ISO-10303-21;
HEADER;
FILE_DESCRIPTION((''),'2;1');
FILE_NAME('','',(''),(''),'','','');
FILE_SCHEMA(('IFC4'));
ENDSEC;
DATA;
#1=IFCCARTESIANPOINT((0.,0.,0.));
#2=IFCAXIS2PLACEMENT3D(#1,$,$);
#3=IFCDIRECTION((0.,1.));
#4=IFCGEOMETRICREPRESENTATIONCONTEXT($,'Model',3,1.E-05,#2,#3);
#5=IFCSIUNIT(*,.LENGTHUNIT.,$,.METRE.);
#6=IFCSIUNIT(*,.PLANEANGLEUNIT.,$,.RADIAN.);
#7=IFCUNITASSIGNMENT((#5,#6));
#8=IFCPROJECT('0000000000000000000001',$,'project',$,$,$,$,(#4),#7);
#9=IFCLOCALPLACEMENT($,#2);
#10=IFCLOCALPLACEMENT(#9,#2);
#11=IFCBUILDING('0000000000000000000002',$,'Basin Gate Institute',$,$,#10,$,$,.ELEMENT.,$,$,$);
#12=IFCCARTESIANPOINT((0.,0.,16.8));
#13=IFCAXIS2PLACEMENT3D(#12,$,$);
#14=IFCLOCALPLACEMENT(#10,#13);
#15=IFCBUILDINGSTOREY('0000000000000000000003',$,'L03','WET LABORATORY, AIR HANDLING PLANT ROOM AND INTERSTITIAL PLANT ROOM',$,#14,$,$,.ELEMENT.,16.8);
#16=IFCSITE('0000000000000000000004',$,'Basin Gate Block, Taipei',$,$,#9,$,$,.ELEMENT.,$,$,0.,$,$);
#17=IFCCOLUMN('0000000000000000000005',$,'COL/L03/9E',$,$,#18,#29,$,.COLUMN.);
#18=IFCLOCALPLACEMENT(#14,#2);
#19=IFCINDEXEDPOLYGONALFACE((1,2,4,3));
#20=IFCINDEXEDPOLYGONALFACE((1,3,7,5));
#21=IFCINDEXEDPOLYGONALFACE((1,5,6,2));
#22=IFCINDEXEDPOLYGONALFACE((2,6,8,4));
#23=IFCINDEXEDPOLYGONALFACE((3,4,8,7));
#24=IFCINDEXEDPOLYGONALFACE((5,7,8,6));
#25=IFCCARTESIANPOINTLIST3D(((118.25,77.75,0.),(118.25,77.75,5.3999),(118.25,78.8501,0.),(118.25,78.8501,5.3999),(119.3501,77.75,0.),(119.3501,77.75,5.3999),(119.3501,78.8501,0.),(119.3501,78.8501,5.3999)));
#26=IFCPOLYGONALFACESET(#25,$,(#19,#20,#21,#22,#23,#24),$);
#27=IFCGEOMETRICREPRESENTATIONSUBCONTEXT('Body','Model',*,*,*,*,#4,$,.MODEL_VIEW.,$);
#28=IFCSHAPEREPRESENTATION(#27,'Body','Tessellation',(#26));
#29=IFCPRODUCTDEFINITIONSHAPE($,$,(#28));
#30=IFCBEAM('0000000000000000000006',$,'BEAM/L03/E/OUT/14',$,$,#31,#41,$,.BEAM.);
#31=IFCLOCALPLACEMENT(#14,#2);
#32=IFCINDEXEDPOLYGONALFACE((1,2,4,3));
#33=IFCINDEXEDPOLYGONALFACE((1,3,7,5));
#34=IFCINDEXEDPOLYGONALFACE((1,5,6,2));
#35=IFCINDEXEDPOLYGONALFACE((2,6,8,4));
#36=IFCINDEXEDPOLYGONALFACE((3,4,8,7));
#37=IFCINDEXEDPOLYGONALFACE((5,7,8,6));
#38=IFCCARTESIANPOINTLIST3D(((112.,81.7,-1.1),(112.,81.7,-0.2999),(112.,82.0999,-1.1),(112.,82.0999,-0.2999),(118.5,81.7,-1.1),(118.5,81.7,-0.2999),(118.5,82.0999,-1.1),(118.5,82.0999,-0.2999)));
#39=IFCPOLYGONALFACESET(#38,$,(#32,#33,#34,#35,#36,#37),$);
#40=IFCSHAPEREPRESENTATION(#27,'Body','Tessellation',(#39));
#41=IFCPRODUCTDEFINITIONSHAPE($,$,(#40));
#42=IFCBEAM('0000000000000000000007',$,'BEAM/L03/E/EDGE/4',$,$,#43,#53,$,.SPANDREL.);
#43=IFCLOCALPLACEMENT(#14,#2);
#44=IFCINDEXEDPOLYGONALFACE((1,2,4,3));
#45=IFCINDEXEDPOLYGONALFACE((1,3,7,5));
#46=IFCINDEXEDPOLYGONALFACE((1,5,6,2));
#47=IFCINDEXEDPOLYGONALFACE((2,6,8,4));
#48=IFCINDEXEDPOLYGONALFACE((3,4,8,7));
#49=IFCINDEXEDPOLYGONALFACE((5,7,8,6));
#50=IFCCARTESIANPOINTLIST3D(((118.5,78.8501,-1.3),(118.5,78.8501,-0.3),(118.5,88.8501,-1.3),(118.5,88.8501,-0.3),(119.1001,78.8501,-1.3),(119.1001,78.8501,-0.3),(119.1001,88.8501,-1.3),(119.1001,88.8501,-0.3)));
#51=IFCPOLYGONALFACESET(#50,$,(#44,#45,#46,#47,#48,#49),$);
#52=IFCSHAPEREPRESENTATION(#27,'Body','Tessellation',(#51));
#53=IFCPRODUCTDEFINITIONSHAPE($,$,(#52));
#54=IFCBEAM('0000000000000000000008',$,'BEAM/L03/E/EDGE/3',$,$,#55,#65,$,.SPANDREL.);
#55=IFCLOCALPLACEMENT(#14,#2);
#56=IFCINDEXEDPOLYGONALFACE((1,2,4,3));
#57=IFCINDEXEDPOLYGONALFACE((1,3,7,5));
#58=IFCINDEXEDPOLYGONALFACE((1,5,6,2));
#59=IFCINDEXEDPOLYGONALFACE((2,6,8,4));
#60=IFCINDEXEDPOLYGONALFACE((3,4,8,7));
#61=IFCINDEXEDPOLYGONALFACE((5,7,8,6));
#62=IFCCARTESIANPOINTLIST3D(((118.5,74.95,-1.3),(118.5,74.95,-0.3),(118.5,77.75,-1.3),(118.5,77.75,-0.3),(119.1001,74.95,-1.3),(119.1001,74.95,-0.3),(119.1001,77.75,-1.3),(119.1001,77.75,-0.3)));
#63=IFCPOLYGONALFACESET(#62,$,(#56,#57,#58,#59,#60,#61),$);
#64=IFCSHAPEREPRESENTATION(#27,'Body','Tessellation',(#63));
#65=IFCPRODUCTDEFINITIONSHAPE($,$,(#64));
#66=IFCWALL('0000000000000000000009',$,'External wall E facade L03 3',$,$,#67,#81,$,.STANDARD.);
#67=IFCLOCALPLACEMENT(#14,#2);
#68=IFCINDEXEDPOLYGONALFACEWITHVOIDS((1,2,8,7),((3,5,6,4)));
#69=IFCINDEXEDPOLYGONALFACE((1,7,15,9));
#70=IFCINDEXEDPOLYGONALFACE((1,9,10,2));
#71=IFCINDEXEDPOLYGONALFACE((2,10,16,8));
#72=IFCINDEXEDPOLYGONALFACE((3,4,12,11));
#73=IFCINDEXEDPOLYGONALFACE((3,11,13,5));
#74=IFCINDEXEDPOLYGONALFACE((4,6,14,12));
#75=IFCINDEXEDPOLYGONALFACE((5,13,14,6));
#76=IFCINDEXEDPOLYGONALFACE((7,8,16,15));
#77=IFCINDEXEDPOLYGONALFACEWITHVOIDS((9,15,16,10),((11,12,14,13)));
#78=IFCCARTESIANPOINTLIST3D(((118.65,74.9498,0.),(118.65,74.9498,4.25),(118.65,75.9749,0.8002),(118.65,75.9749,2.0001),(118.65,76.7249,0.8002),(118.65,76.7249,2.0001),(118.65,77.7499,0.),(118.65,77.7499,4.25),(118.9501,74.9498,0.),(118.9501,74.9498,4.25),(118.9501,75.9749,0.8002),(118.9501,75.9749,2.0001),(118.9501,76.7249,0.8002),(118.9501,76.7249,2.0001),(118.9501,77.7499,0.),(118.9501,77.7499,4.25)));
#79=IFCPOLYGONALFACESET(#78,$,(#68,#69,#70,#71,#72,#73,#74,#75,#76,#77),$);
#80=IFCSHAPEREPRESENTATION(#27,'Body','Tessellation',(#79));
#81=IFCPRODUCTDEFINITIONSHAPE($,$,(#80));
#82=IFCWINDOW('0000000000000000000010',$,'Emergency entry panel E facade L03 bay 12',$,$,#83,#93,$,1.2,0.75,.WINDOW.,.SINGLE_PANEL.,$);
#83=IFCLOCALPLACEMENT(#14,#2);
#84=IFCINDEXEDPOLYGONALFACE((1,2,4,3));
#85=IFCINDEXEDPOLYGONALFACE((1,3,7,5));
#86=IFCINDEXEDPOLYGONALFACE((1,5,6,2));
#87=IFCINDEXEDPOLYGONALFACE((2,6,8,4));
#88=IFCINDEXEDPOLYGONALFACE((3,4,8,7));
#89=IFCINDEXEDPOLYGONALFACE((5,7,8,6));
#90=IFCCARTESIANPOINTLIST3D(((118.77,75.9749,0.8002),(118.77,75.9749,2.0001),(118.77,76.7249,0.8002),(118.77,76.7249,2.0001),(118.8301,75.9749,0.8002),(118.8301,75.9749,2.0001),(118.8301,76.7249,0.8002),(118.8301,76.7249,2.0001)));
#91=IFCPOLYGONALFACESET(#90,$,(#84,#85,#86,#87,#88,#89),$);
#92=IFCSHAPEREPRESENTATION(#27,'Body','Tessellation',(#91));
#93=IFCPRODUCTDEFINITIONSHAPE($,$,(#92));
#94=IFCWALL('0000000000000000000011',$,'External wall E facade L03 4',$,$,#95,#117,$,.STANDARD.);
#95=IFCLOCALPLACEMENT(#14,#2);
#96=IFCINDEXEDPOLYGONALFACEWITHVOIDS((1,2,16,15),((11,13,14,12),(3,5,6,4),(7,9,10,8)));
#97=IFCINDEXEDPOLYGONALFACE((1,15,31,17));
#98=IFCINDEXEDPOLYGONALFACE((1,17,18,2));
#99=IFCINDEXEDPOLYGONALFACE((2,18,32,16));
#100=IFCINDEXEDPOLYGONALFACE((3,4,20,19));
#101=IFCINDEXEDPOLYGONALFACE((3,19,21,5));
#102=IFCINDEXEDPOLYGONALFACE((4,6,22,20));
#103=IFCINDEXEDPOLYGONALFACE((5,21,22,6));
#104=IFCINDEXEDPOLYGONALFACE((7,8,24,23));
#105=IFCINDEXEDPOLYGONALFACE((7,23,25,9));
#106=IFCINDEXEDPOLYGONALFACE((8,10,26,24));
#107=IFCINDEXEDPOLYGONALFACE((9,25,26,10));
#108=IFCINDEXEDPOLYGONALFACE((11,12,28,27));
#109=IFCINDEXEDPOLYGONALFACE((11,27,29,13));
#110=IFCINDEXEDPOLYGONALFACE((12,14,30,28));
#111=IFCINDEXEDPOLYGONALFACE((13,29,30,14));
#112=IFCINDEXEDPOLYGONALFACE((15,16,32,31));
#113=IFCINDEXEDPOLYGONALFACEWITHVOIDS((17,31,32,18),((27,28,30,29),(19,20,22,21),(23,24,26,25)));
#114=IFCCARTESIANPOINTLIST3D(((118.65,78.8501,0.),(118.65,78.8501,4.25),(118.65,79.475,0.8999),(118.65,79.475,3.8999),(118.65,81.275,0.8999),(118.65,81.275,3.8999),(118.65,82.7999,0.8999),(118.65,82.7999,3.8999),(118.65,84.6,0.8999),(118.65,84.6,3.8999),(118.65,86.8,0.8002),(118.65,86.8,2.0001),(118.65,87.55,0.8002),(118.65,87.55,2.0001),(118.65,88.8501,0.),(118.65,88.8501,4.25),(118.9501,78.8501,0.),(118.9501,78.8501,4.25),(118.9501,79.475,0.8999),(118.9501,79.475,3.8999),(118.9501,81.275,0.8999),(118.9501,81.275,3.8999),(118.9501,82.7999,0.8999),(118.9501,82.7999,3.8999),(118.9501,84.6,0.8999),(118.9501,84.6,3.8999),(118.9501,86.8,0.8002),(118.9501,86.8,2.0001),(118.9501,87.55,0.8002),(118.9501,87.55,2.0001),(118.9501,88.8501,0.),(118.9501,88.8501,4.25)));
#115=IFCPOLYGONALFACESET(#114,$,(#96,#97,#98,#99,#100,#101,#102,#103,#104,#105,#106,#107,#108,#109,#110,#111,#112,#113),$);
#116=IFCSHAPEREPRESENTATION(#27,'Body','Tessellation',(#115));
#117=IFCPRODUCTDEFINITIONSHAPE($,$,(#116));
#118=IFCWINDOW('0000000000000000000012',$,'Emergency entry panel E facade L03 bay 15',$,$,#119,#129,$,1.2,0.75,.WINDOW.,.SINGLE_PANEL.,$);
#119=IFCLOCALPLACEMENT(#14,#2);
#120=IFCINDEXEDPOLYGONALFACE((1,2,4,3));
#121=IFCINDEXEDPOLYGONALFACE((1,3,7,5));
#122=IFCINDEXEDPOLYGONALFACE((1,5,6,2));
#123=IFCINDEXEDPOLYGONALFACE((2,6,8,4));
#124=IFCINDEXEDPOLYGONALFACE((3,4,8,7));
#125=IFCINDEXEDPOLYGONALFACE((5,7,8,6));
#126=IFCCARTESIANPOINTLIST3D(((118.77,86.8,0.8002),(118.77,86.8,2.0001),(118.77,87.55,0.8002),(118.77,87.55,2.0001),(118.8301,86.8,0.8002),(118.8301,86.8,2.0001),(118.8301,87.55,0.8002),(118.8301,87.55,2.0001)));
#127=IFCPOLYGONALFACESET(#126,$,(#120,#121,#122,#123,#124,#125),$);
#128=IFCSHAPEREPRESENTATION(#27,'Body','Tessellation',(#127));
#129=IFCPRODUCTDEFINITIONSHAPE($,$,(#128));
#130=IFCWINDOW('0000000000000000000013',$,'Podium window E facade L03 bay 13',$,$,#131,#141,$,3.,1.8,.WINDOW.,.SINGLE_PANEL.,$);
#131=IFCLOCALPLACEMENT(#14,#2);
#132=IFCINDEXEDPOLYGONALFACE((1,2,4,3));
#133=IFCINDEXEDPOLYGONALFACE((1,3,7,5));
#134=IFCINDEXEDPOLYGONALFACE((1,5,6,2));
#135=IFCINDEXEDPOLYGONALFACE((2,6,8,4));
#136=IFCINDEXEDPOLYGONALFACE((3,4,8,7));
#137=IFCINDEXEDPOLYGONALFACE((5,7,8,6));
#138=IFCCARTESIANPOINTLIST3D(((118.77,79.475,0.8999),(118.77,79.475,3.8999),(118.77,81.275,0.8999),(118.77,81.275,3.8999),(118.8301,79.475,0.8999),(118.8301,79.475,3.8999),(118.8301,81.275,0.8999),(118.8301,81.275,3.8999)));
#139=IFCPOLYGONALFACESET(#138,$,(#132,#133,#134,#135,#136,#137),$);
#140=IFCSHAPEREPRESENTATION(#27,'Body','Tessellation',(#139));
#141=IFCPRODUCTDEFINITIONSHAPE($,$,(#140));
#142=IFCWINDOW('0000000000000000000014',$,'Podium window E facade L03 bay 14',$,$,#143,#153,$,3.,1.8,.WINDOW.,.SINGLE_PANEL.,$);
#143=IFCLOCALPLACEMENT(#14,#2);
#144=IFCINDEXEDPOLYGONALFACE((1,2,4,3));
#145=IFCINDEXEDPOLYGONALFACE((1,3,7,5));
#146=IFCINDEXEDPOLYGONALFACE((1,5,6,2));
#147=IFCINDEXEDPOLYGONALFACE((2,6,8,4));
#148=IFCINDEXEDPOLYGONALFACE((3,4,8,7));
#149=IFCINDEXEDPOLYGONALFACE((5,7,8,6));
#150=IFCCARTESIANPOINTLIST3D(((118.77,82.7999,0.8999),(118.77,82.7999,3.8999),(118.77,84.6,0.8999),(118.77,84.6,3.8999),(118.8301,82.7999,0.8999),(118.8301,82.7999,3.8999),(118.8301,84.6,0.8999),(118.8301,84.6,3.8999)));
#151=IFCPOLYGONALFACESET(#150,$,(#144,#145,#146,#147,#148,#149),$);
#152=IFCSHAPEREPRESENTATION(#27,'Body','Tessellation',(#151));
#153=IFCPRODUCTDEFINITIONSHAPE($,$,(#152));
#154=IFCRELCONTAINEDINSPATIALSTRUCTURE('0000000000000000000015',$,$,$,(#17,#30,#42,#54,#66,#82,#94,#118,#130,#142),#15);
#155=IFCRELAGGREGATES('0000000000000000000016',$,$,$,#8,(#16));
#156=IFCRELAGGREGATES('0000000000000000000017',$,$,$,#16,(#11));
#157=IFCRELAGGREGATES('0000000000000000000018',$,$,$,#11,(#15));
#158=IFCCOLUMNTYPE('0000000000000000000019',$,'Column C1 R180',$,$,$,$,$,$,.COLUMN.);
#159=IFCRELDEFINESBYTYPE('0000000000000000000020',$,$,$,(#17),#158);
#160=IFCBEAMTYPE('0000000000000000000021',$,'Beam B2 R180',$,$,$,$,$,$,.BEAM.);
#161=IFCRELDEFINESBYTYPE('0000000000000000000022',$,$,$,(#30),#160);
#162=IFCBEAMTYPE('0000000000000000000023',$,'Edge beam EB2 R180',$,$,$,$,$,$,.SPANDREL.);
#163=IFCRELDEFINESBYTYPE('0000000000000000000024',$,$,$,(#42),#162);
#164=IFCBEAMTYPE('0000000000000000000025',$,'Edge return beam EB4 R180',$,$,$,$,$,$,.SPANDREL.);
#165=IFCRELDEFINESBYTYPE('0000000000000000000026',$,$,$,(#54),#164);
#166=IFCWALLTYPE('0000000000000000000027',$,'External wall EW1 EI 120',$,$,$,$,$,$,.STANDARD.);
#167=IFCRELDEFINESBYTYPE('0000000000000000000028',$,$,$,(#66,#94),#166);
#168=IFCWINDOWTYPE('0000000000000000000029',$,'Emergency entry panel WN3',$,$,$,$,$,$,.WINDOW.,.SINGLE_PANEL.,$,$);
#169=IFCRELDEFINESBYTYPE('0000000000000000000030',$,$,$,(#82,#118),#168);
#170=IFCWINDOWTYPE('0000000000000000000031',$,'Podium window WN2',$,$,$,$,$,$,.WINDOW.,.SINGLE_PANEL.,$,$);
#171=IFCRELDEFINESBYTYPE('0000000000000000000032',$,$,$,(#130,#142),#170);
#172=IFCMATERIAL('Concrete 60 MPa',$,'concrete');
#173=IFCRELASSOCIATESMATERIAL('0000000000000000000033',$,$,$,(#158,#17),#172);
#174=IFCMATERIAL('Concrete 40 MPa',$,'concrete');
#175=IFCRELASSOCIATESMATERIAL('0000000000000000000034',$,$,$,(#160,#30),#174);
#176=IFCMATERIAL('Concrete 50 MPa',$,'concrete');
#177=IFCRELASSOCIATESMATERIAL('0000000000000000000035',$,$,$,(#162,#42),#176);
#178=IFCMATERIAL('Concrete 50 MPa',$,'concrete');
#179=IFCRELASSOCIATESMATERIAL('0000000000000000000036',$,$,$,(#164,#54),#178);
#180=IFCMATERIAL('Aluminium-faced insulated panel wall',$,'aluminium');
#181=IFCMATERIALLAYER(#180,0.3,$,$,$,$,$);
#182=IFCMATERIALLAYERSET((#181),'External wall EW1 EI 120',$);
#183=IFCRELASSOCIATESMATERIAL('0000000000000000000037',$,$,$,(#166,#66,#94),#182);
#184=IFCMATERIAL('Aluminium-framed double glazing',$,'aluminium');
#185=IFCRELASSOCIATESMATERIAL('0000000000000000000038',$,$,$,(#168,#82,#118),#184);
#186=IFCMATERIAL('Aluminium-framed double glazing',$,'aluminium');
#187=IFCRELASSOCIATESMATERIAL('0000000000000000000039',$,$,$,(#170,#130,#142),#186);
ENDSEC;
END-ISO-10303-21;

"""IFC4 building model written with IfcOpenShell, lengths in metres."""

from ifc_helpers import new_model, si_unit, direction, frame, frame_2d, origin, origin_2d, place, context, subcontext, project, spatial, rectangle, extrude, material, layer, layer_set, material_profile, profile_set, type_object, element, fill, save


model = new_model("IFC4")

# Units and contexts
model_context = context("Model", 3, precision=1e-05, world=origin(), true_north=direction((0.0, 1.0)))
body_context = subcontext(model_context, "Body", "Model", "MODEL_VIEW")
ifc_project = project(units=[si_unit("LENGTHUNIT", "METRE"), si_unit("PLANEANGLEUNIT", "RADIAN")], contexts=[model_context])

# Site, building, storey
site_placement = place(None, origin())
site = spatial("IfcSite", under=ifc_project, at=site_placement, Name="Basin Gate Block, Taipei", CompositionType="ELEMENT", RefElevation=0.0)
building_placement = place(site_placement, origin())
building = spatial("IfcBuilding", under=site, at=building_placement, Name="Basin Gate Institute", CompositionType="ELEMENT")
storey_placement = place(building_placement, frame((0.0, 0.0, 16.8)))
storey = spatial("IfcBuildingStorey", under=building, at=storey_placement, Name="L03", Description="WET LABORATORY, AIR HANDLING PLANT ROOM AND INTERSTITIAL PLANT ROOM", CompositionType="ELEMENT", Elevation=16.8)

# Column
ifc_material_1 = material(Name="Concrete 60 MPa", Category="concrete")
ifc_material_profile_1 = material_profile(ifc_material_1, rectangle(XDim=1.1001, YDim=1.1001, at=origin_2d()), Name="Column C1 1100 x 1100")
ifc_profile_set_1 = profile_set([ifc_material_profile_1], Name="Concrete 60 MPa")
column_type = type_object("IfcColumnType", Name="Column C1 R180", PredefinedType="COLUMN", material=ifc_profile_set_1)
column_placement = place(storey_placement, frame((118.8, 78.3, 0.0), z_axis=(0.0, 0.0, 1.0), x_axis=(1.0, 0.0, 0.0)))
element("IfcColumn", 1, at=column_placement, inside=storey, type_object=column_type, material=ifc_profile_set_1, Name="COL/L03/9E", PredefinedType="COLUMN", context=body_context, shape_type="SweptSolid", body=[
    extrude(rectangle(XDim=1.1001, YDim=1.1001, at=origin_2d()), origin(), (0.0, 0.0, 1.0), 5.3999),
])

# Beams
ifc_material_2 = material(Name="Concrete 40 MPa", Category="concrete")
ifc_material_profile_2 = material_profile(ifc_material_2, rectangle(XDim=0.3999, YDim=0.8, at=origin_2d()), Name="Beam B2 400 x 800")
ifc_profile_set_2 = profile_set([ifc_material_profile_2], Name="Concrete 40 MPa")
beam_type_1 = type_object("IfcBeamType", Name="Beam B2 R180", PredefinedType="BEAM", material=ifc_profile_set_2)
beam_1_placement = place(storey_placement, frame((118.5, 81.8999, -0.7), z_axis=(-1.0, 0.0, 0.0), x_axis=(0.0, -1.0, 0.0)))
element("IfcBeam", 2, at=beam_1_placement, inside=storey, type_object=beam_type_1, material=ifc_profile_set_2, Name="BEAM/L03/E/OUT/14", PredefinedType="BEAM", context=body_context, shape_type="SweptSolid", body=[
    extrude(rectangle(XDim=0.3999, YDim=0.8, at=origin_2d()), origin(), (0.0, 0.0, 1.0), 6.5),
])
ifc_material_3 = material(Name="Concrete 50 MPa", Category="concrete")
ifc_material_profile_3 = material_profile(ifc_material_3, rectangle(XDim=0.6001, YDim=1.0, at=origin_2d()), Name="Edge beam EB2 600 x 1000")
ifc_profile_set_3 = profile_set([ifc_material_profile_3], Name="Concrete 50 MPa")
beam_type_2 = type_object("IfcBeamType", Name="Edge beam EB2 R180", PredefinedType="SPANDREL", material=ifc_profile_set_3)
beam_2_placement = place(storey_placement, frame((118.8, 78.8501, -0.8), z_axis=(0.0, 1.0, 0.0), x_axis=(-1.0, 0.0, 0.0)))
element("IfcBeam", 3, at=beam_2_placement, inside=storey, type_object=beam_type_2, material=ifc_profile_set_3, Name="BEAM/L03/E/EDGE/4", PredefinedType="SPANDREL", context=body_context, shape_type="SweptSolid", body=[
    extrude(rectangle(XDim=0.6001, YDim=1.0, at=origin_2d()), origin(), (0.0, 0.0, 1.0), 10.0),
])
ifc_material_4 = material(Name="Concrete 50 MPa", Category="concrete")
ifc_material_profile_4 = material_profile(ifc_material_4, rectangle(XDim=0.6001, YDim=1.0, at=origin_2d()), Name="Edge return beam EB4 600 x 1000")
ifc_profile_set_4 = profile_set([ifc_material_profile_4], Name="Concrete 50 MPa")
beam_type_3 = type_object("IfcBeamType", Name="Edge return beam EB4 R180", PredefinedType="SPANDREL", material=ifc_profile_set_4)
beam_3_placement = place(storey_placement, frame((118.8, 74.95, -0.8), z_axis=(0.0, 1.0, 0.0), x_axis=(-1.0, 0.0, 0.0)))
element("IfcBeam", 4, at=beam_3_placement, inside=storey, type_object=beam_type_3, material=ifc_profile_set_4, Name="BEAM/L03/E/EDGE/3", PredefinedType="SPANDREL", context=body_context, shape_type="SweptSolid", body=[
    extrude(rectangle(XDim=0.6001, YDim=1.0, at=origin_2d()), origin(), (0.0, 0.0, 1.0), 2.8),
])

# Wall, opening, window
ifc_material_5 = material(Name="Aluminium-faced insulated panel wall", Category="aluminium")
ifc_layer_1 = layer(ifc_material_5, 0.3)
ifc_layer_set_1 = layer_set([ifc_layer_1], Name="External wall EW1 EI 120")
wall_type_1 = type_object("IfcWallType", Name="External wall EW1 EI 120", PredefinedType="STANDARD", material=ifc_layer_set_1)
wall_1_placement = place(storey_placement, frame((118.8, 74.95, 0.0), z_axis=(0.0, 0.0, 1.0), x_axis=(0.0, 1.0, 0.0)))
wall_1 = element("IfcWall", 5, at=wall_1_placement, inside=storey, type_object=wall_type_1, material=ifc_layer_set_1, Name="External wall E facade L03 3", PredefinedType="STANDARD", context=body_context, shape_type="SweptSolid", body=[
    extrude(rectangle(XDim=2.8, YDim=0.3, at=frame_2d((1.3999, 0.0))), origin(), (0.0, 0.0, 1.0), 4.25),
])
opening_1_placement = place(wall_1_placement, frame((1.0249, 0.0, 0.8)))
opening_1 = element("IfcOpeningElement", 6, at=opening_1_placement, cuts=wall_1, PredefinedType="OPENING", context=body_context, shape_type="SweptSolid", body=[
    extrude(rectangle(XDim=0.75, YDim=1.2, at=frame_2d((0.375, 0.6001))), frame((0.0, 0.1602, 0.0), z_axis=(0.0, -1.0, 0.0), x_axis=(1.0, 0.0, 0.0)), (0.0, 0.0, 1.0), 0.3201),
])
ifc_material_6 = material(Name="Aluminium-framed double glazing", Category="aluminium")
window_type_1 = type_object("IfcWindowType", Name="Emergency entry panel WN3", PartitioningType="SINGLE_PANEL", PredefinedType="WINDOW", material=ifc_material_6)
window_1_placement = place(opening_1_placement, origin())
window_1 = element("IfcWindow", 7, at=window_1_placement, inside=storey, type_object=window_type_1, material=ifc_material_6, Name="Emergency entry panel E facade L03 bay 12", OverallHeight=1.2, OverallWidth=0.75, PartitioningType="SINGLE_PANEL", PredefinedType="WINDOW", context=body_context, shape_type="SweptSolid", body=[
    extrude(rectangle(XDim=0.75, YDim=1.2, at=frame_2d((0.375, 0.6001))), frame((0.0, 0.03, 0.0), z_axis=(0.0, -1.0, 0.0), x_axis=(1.0, 0.0, 0.0)), (0.0, 0.0, 1.0), 0.0601),
])
fill(opening_1, window_1)

# Wall, openings, windows
wall_2_placement = place(storey_placement, frame((118.8, 78.8501, 0.0), z_axis=(0.0, 0.0, 1.0), x_axis=(0.0, 1.0, 0.0)))
wall_2 = element("IfcWall", 8, at=wall_2_placement, inside=storey, type_object=wall_type_1, material=ifc_layer_set_1, Name="External wall E facade L03 4", PredefinedType="STANDARD", context=body_context, shape_type="SweptSolid", body=[
    extrude(rectangle(XDim=10.0, YDim=0.3, at=frame_2d((5.0, 0.0))), origin(), (0.0, 0.0, 1.0), 4.25),
])
opening_2_placement = place(wall_2_placement, frame((0.625, 0.0, 0.8999)))
opening_2 = element("IfcOpeningElement", 9, at=opening_2_placement, cuts=wall_2, PredefinedType="OPENING", context=body_context, shape_type="SweptSolid", body=[
    extrude(rectangle(XDim=1.8, YDim=3.0, at=frame_2d((0.8999, 1.5))), frame((0.0, 0.1602, 0.0), z_axis=(0.0, -1.0, 0.0), x_axis=(1.0, 0.0, 0.0)), (0.0, 0.0, 1.0), 0.3201),
])
opening_3_placement = place(wall_2_placement, frame((3.95, 0.0, 0.8999)))
opening_3 = element("IfcOpeningElement", 10, at=opening_3_placement, cuts=wall_2, PredefinedType="OPENING", context=body_context, shape_type="SweptSolid", body=[
    extrude(rectangle(XDim=1.8, YDim=3.0, at=frame_2d((0.8999, 1.5))), frame((0.0, 0.1602, 0.0), z_axis=(0.0, -1.0, 0.0), x_axis=(1.0, 0.0, 0.0)), (0.0, 0.0, 1.0), 0.3201),
])
opening_4_placement = place(wall_2_placement, frame((7.95, 0.0, 0.8)))
opening_4 = element("IfcOpeningElement", 11, at=opening_4_placement, cuts=wall_2, PredefinedType="OPENING", context=body_context, shape_type="SweptSolid", body=[
    extrude(rectangle(XDim=0.75, YDim=1.2, at=frame_2d((0.375, 0.6001))), frame((0.0, 0.1602, 0.0), z_axis=(0.0, -1.0, 0.0), x_axis=(1.0, 0.0, 0.0)), (0.0, 0.0, 1.0), 0.3201),
])
window_2_placement = place(opening_4_placement, origin())
window_2 = element("IfcWindow", 12, at=window_2_placement, inside=storey, type_object=window_type_1, material=ifc_material_6, Name="Emergency entry panel E facade L03 bay 15", OverallHeight=1.2, OverallWidth=0.75, PartitioningType="SINGLE_PANEL", PredefinedType="WINDOW", context=body_context, shape_type="SweptSolid", body=[
    extrude(rectangle(XDim=0.75, YDim=1.2, at=frame_2d((0.375, 0.6001))), frame((0.0, 0.03, 0.0), z_axis=(0.0, -1.0, 0.0), x_axis=(1.0, 0.0, 0.0)), (0.0, 0.0, 1.0), 0.0601),
])
fill(opening_4, window_2)
ifc_material_7 = material(Name="Aluminium-framed double glazing", Category="aluminium")
window_type_2 = type_object("IfcWindowType", Name="Podium window WN2", PartitioningType="SINGLE_PANEL", PredefinedType="WINDOW", material=ifc_material_7)
window_3_placement = place(opening_2_placement, origin())
window_3 = element("IfcWindow", 13, at=window_3_placement, inside=storey, type_object=window_type_2, material=ifc_material_7, Name="Podium window E facade L03 bay 13", OverallHeight=3.0, OverallWidth=1.8, PartitioningType="SINGLE_PANEL", PredefinedType="WINDOW", context=body_context, shape_type="SweptSolid", body=[
    extrude(rectangle(XDim=1.8, YDim=3.0, at=frame_2d((0.8999, 1.5))), frame((0.0, 0.03, 0.0), z_axis=(0.0, -1.0, 0.0), x_axis=(1.0, 0.0, 0.0)), (0.0, 0.0, 1.0), 0.0601),
])
fill(opening_2, window_3)
window_4_placement = place(opening_3_placement, origin())
window_4 = element("IfcWindow", 14, at=window_4_placement, inside=storey, type_object=window_type_2, material=ifc_material_7, Name="Podium window E facade L03 bay 14", OverallHeight=3.0, OverallWidth=1.8, PartitioningType="SINGLE_PANEL", PredefinedType="WINDOW", context=body_context, shape_type="SweptSolid", body=[
    extrude(rectangle(XDim=1.8, YDim=3.0, at=frame_2d((0.8999, 1.5))), frame((0.0, 0.03, 0.0), z_axis=(0.0, -1.0, 0.0), x_axis=(1.0, 0.0, 0.0)), (0.0, 0.0, 1.0), 0.0601),
])
fill(opening_3, window_4)

save(model, "model.ifc")
